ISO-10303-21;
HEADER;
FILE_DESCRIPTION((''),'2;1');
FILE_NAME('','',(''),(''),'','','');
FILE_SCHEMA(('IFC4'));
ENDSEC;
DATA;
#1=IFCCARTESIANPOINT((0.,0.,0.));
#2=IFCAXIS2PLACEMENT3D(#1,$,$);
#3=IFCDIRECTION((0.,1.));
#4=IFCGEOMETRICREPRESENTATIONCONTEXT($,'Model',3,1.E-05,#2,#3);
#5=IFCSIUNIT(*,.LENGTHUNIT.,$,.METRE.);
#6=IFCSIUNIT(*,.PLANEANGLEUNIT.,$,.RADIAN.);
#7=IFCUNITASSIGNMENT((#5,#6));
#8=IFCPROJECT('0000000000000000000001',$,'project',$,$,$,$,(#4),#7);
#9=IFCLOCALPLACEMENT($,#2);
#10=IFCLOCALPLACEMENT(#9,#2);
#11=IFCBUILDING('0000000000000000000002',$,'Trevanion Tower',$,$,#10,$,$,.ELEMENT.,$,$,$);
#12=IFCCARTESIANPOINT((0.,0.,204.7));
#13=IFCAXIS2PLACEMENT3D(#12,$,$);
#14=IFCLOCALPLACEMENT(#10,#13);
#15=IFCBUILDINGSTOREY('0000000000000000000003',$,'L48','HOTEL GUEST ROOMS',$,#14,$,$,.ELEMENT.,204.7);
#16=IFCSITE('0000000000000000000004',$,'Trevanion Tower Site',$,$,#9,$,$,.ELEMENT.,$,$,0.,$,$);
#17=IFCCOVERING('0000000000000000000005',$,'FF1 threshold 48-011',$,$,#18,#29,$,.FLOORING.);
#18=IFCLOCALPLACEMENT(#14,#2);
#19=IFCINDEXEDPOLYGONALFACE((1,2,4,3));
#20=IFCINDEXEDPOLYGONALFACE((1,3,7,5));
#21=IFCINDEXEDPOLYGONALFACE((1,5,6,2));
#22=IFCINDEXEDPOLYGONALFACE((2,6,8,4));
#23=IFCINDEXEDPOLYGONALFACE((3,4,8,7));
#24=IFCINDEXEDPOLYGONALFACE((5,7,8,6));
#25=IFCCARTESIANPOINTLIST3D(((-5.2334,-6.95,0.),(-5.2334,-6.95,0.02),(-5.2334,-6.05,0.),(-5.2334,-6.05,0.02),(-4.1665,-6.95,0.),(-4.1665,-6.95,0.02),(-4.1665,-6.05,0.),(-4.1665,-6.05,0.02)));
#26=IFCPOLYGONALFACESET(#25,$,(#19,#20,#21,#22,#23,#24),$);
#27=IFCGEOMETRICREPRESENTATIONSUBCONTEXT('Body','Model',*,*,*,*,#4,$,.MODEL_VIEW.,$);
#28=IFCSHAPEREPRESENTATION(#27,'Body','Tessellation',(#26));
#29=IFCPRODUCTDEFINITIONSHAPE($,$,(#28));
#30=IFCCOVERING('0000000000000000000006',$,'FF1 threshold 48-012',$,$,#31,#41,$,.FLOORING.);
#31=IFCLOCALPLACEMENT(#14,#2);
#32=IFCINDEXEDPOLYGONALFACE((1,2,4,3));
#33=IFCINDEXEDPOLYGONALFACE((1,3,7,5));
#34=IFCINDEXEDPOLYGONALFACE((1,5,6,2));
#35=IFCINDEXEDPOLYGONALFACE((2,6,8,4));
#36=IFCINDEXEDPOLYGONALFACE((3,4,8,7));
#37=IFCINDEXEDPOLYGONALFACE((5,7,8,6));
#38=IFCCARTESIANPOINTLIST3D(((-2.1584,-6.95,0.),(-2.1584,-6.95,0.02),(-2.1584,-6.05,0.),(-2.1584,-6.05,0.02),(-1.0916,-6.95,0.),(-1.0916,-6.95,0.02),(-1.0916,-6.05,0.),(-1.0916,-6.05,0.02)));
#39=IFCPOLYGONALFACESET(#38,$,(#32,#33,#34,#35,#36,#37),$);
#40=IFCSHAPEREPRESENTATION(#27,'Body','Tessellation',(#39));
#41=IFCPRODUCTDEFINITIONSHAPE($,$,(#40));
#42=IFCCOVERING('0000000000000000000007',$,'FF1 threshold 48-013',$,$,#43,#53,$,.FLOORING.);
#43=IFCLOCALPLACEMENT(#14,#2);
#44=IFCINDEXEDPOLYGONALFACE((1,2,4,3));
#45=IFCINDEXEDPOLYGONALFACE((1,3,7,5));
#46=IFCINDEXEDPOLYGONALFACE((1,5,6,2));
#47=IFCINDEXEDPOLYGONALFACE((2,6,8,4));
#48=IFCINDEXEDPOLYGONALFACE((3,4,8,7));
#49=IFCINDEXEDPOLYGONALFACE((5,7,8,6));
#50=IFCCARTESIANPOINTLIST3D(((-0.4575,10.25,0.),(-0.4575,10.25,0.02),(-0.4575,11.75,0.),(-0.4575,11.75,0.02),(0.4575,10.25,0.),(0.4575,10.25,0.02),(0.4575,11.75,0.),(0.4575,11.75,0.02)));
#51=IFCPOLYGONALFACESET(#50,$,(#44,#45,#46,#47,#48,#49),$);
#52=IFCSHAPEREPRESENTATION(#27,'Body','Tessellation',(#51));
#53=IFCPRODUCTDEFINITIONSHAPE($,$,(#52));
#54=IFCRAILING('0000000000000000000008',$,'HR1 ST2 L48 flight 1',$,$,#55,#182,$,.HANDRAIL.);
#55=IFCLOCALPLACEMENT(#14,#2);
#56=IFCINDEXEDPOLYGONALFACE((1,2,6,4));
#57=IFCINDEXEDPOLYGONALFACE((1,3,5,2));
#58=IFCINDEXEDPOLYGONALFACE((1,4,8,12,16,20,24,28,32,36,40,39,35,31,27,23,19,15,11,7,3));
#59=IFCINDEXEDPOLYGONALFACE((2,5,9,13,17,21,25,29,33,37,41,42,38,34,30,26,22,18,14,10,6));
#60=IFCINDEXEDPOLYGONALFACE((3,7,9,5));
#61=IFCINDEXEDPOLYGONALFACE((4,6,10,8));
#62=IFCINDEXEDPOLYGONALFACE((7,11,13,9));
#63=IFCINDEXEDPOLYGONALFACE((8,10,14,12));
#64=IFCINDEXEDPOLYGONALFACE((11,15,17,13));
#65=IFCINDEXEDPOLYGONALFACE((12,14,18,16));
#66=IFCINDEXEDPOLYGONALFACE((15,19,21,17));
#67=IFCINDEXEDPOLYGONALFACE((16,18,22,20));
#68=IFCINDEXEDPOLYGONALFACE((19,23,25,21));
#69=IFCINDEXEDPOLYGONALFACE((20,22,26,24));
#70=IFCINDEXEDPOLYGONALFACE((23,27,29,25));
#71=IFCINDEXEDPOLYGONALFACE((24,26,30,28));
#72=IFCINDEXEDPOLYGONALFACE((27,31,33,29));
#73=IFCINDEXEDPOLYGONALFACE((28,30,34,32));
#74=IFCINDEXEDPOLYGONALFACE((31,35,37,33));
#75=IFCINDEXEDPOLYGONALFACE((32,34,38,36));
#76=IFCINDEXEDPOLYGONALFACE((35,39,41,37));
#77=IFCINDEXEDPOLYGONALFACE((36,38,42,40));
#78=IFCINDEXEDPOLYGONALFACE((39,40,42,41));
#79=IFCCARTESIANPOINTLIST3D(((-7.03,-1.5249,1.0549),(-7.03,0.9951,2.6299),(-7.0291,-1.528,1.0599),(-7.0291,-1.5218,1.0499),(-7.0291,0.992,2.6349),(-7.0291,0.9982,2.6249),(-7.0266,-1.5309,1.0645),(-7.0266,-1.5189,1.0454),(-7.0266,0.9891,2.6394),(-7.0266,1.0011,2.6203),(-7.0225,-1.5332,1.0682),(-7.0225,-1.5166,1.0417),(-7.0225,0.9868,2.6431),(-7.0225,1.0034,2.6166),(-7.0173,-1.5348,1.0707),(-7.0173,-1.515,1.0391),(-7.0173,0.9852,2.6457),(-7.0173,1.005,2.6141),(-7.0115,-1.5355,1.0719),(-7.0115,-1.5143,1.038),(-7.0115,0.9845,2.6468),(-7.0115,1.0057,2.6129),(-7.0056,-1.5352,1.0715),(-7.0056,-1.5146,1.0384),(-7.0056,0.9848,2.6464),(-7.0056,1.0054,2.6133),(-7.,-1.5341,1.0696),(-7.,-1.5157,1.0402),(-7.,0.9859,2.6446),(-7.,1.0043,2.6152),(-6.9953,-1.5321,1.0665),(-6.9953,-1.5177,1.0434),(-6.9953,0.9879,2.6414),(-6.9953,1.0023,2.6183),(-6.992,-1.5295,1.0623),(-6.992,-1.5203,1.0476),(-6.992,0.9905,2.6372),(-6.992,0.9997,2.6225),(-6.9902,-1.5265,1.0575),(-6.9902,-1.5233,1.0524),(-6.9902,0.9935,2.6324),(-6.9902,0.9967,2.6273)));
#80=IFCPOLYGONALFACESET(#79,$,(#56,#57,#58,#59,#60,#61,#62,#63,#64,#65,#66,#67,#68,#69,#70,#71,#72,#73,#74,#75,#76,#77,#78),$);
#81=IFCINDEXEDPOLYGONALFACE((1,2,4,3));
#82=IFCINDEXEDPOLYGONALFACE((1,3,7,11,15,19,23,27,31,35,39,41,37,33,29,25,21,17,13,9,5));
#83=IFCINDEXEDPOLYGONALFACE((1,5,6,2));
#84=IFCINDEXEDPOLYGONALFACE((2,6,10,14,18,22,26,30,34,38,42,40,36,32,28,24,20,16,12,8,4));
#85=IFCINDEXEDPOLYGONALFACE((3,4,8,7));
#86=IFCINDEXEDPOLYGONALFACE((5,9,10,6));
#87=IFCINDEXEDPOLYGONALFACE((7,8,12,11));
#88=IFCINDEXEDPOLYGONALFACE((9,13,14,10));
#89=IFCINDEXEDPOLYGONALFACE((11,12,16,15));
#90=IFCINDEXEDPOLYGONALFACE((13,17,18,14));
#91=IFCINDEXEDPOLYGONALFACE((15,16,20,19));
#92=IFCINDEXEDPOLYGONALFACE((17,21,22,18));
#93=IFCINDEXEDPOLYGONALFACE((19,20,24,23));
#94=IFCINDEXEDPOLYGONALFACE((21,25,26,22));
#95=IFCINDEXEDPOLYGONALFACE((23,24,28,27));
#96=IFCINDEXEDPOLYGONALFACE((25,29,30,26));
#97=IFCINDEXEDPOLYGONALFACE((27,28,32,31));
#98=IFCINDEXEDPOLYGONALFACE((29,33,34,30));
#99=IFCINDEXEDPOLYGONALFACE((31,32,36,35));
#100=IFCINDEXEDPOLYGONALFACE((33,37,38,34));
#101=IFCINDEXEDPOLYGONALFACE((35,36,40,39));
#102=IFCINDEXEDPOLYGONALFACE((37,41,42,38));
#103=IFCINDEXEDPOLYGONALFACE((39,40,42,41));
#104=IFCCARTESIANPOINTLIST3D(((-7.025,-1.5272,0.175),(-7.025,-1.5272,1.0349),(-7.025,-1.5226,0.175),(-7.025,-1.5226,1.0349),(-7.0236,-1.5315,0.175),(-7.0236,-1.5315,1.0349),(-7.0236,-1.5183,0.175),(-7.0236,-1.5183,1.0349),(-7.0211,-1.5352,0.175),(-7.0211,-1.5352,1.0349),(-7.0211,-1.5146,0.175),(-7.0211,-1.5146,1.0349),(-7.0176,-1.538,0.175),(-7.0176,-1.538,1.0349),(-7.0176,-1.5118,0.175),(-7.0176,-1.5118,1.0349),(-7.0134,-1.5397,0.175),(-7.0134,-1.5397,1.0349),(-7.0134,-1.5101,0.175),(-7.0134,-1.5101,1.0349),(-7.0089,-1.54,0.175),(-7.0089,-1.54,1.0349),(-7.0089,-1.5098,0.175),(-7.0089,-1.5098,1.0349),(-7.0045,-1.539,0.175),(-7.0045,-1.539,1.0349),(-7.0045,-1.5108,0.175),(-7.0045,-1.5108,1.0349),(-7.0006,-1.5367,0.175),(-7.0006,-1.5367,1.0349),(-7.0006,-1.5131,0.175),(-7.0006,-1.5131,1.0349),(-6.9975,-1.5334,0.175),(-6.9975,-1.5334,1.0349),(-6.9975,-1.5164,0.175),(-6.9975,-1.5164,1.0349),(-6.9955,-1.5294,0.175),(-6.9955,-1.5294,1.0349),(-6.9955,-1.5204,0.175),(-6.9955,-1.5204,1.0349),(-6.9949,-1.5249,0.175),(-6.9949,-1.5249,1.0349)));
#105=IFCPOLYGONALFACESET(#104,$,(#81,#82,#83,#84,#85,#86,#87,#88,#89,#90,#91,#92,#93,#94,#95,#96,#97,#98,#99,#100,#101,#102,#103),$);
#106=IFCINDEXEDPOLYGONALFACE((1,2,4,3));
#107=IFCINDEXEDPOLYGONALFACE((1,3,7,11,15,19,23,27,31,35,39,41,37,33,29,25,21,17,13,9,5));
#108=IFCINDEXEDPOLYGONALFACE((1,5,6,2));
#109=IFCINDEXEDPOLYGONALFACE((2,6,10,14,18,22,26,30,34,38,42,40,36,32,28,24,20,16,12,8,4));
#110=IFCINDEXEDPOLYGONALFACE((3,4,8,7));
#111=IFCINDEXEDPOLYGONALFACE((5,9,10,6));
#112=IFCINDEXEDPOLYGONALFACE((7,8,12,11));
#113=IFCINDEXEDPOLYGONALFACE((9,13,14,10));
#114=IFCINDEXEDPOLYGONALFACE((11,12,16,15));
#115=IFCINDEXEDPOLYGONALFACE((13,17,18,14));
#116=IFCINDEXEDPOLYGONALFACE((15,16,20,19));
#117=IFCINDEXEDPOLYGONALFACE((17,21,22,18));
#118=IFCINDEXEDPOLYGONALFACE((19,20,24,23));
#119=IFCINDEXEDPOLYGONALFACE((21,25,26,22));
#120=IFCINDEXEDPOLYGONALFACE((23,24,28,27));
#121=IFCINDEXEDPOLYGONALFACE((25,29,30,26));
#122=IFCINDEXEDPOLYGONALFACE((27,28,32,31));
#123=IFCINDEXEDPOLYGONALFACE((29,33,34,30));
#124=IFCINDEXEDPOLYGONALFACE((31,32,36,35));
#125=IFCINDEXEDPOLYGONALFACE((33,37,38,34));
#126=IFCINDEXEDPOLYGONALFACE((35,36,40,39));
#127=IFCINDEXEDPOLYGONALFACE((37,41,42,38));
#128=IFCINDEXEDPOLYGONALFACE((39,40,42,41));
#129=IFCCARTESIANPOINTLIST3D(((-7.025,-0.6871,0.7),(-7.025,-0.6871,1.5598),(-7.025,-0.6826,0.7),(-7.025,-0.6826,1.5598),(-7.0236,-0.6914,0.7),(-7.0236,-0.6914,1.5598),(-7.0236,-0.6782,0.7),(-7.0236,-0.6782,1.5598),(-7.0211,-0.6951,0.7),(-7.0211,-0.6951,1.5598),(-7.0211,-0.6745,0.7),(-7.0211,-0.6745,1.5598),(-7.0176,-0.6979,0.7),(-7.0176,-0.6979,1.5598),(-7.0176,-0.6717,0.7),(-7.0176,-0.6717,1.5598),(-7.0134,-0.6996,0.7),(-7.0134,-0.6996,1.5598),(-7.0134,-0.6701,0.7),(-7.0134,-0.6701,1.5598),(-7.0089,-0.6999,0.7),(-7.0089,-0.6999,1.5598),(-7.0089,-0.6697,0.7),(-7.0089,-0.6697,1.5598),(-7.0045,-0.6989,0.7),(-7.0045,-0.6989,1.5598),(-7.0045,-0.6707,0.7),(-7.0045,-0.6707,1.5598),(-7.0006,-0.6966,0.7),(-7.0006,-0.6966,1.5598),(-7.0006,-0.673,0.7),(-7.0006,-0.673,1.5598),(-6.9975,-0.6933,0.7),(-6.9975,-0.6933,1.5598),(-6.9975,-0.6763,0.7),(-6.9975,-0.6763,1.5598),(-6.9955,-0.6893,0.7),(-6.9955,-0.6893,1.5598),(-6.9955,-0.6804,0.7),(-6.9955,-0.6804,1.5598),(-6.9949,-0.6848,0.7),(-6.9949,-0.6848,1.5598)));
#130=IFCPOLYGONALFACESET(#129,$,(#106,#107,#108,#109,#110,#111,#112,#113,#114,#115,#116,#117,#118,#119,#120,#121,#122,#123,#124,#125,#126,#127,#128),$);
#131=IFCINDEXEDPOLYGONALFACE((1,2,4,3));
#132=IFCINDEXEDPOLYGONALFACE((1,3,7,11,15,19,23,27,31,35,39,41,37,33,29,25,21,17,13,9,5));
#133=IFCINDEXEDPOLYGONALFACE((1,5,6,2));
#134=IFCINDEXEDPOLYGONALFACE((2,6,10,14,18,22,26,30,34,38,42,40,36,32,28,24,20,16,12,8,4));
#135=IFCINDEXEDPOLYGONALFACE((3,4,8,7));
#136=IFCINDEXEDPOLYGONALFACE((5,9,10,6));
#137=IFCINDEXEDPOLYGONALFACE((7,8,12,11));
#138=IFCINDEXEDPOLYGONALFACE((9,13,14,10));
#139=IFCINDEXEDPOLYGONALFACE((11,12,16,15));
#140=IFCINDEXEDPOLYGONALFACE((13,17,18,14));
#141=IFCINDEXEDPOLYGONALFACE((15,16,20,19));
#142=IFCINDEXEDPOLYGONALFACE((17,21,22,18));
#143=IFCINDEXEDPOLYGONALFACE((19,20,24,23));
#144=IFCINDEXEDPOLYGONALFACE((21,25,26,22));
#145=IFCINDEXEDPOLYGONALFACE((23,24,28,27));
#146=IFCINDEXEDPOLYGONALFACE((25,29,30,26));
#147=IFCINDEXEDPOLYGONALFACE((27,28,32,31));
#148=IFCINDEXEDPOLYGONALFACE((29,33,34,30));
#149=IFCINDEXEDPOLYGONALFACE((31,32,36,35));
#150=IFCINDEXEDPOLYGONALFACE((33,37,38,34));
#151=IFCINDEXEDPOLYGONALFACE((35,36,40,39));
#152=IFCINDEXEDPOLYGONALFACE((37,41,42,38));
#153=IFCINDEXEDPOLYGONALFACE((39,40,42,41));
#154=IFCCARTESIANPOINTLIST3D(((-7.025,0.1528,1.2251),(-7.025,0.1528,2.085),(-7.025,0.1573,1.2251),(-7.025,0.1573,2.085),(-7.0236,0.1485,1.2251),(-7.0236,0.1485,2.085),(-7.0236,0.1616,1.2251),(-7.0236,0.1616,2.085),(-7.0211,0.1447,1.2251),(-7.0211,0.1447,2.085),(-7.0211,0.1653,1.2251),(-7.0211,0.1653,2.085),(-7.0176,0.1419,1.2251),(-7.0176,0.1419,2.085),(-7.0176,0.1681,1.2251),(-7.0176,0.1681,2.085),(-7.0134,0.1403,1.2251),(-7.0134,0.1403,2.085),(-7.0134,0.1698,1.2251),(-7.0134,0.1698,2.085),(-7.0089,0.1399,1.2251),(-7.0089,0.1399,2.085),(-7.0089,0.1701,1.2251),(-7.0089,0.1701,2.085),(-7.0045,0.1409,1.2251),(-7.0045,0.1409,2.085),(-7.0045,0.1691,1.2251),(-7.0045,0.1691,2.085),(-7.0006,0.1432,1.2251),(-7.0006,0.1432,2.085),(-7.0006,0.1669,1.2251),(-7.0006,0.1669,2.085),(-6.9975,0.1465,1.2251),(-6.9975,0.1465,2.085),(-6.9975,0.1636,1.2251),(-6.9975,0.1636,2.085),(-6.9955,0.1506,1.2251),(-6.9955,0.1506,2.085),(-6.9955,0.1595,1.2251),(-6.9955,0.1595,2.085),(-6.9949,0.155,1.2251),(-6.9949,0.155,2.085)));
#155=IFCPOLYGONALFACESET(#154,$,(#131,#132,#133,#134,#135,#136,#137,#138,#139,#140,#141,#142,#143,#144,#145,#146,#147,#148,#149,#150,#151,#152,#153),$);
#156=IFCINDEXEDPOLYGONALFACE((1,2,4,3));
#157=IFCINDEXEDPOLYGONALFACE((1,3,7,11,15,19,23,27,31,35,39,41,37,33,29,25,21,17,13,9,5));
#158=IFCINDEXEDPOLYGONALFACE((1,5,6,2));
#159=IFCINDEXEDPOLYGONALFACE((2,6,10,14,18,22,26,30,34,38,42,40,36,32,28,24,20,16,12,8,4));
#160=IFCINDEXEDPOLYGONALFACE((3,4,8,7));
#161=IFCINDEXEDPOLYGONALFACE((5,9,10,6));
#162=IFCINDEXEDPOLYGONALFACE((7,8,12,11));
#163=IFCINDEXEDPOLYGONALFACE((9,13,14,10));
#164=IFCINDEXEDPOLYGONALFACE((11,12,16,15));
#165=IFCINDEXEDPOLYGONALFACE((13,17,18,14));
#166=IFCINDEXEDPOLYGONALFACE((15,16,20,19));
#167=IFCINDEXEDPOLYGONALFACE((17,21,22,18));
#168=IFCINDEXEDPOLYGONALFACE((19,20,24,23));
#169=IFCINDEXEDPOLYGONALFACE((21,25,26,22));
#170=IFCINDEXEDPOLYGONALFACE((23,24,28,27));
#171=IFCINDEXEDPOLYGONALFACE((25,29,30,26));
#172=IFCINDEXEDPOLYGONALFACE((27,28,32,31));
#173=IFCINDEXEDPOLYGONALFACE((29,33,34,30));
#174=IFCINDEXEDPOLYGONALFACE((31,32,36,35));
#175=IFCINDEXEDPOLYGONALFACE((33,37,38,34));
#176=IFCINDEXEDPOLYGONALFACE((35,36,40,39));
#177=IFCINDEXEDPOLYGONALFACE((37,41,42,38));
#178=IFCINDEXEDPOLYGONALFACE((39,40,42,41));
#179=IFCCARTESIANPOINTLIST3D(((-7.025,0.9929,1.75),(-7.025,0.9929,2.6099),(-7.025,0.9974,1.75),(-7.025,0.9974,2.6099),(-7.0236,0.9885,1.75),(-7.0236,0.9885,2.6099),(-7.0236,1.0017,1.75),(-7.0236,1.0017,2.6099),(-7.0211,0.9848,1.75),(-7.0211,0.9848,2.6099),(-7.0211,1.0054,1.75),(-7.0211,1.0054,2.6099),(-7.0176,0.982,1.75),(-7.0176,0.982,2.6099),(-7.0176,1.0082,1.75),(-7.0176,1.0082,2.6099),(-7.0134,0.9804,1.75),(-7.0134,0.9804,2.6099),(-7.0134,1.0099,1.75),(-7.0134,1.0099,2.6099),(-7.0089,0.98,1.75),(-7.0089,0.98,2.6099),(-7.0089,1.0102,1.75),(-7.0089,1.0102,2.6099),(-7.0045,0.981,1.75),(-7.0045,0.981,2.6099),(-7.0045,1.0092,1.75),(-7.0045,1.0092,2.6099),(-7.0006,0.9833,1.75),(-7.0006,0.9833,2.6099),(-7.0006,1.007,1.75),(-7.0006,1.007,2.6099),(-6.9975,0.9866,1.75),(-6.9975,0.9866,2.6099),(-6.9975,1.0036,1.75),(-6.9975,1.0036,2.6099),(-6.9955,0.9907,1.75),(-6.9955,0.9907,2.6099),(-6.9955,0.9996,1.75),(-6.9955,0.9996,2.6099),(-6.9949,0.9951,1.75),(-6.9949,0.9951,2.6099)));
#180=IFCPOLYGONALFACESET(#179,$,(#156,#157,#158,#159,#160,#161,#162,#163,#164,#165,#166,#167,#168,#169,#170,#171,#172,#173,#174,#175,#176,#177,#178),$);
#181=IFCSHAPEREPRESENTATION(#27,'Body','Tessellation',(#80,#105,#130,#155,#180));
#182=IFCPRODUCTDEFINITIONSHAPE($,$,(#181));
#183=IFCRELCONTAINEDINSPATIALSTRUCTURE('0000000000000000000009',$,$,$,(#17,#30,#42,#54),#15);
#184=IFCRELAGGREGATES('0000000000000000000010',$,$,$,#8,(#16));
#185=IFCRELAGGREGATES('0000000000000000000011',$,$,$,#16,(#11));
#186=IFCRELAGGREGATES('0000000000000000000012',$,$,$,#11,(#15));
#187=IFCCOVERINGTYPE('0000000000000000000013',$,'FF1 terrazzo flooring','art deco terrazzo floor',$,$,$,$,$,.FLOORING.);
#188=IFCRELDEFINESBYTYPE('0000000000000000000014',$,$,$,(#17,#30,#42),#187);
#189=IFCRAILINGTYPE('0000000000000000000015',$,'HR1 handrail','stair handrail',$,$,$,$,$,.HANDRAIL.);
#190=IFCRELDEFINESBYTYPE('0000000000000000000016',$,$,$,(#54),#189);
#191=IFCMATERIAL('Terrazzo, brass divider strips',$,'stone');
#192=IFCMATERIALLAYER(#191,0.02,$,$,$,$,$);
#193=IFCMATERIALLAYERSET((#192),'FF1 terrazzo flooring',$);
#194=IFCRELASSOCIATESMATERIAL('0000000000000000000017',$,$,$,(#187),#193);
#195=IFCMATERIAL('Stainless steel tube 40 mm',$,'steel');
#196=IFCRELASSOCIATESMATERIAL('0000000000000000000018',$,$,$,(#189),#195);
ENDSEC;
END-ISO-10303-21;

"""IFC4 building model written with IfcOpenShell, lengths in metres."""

from ifc_helpers import new_model, si_unit, direction, frame, origin, origin_2d, place, context, subcontext, project, spatial, polyline, circle, outline, extrude, material, layer, layer_set, type_object, element, save


model = new_model("IFC4")

# Units and contexts
model_context = context("Model", 3, precision=1e-05, world=origin(), true_north=direction((0.0, 1.0)))
body_context = subcontext(model_context, "Body", "Model", "MODEL_VIEW")
ifc_project = project(units=[si_unit("LENGTHUNIT", "METRE"), si_unit("PLANEANGLEUNIT", "RADIAN")], contexts=[model_context])

# Site, building, storey
site_placement = place(None, origin())
site = spatial("IfcSite", under=ifc_project, at=site_placement, Name="Trevanion Tower Site", CompositionType="ELEMENT", RefElevation=0.0)
building_placement = place(site_placement, origin())
building = spatial("IfcBuilding", under=site, at=building_placement, Name="Trevanion Tower", CompositionType="ELEMENT")
storey_placement = place(building_placement, frame((0.0, 0.0, 204.7)))
storey = spatial("IfcBuildingStorey", under=building, at=storey_placement, Name="L48", Description="HOTEL GUEST ROOMS", CompositionType="ELEMENT", Elevation=204.7)

# Coverings
ifc_material_1 = material(Name="Terrazzo, brass divider strips", Category="stone")
ifc_layer_1 = layer(ifc_material_1, 0.02)
ifc_layer_set_1 = layer_set([ifc_layer_1], Name="FF1 terrazzo flooring")
covering_type = type_object("IfcCoveringType", Name="FF1 terrazzo flooring", Description="art deco terrazzo floor", PredefinedType="FLOORING", material=ifc_layer_set_1)
covering_1_placement = place(storey_placement, origin())
element("IfcCovering", 1, at=covering_1_placement, inside=storey, type_object=covering_type, Name="FF1 threshold 48-011", PredefinedType="FLOORING", context=body_context, shape_type="SweptSolid", body=[
    extrude(outline(polyline([(-5.2334, -6.95), (-4.1665, -6.95), (-4.1665, -6.05), (-5.2334, -6.05), (-5.2334, -6.95)])), origin(), (0.0, 0.0, 1.0), 0.02),
])
covering_2_placement = place(storey_placement, origin())
element("IfcCovering", 2, at=covering_2_placement, inside=storey, type_object=covering_type, Name="FF1 threshold 48-012", PredefinedType="FLOORING", context=body_context, shape_type="SweptSolid", body=[
    extrude(outline(polyline([(-2.1584, -6.95), (-1.0916, -6.95), (-1.0916, -6.05), (-2.1584, -6.05), (-2.1584, -6.95)])), origin(), (0.0, 0.0, 1.0), 0.02),
])
covering_3_placement = place(storey_placement, origin())
element("IfcCovering", 3, at=covering_3_placement, inside=storey, type_object=covering_type, Name="FF1 threshold 48-013", PredefinedType="FLOORING", context=body_context, shape_type="SweptSolid", body=[
    extrude(outline(polyline([(0.4575, 11.75), (-0.4575, 11.75), (-0.4575, 10.25), (0.4575, 10.25), (0.4575, 11.75)])), origin(), (0.0, 0.0, 1.0), 0.02),
])

# Railing
ifc_material_2 = material(Name="Stainless steel tube 40 mm", Category="steel")
railing_type = type_object("IfcRailingType", Name="HR1 handrail", Description="stair handrail", PredefinedType="HANDRAIL", material=ifc_material_2)
for number, where, name in (
    (4, (-7.01, -1.5249, 0.175), "HR1 ST2 L48 flight 1"),
):
    element("IfcRailing", number, at=place(storey_placement, frame(where)), inside=storey, type_object=railing_type, Name=name, PredefinedType="HANDRAIL", context=body_context, shape_type="SweptSolid", body=[
        extrude(circle(Radius=0.02, at=origin_2d()), frame((0.0, 0.0, 0.8799), z_axis=(0.0, 0.848008, 0.529984), x_axis=(-1.0, 0.0, 0.0)), (0.0, 0.0, 1.0), 2.9717),
        extrude(circle(Radius=0.0151, at=origin_2d()), origin(), (0.0, 0.0, 1.0), 0.8599),
        extrude(circle(Radius=0.0151, at=origin_2d()), frame((0.0, 0.8401, 0.5249)), (0.0, 0.0, 1.0), 0.8599),
        extrude(circle(Radius=0.0151, at=origin_2d()), frame((0.0, 1.6799, 1.05)), (0.0, 0.0, 1.0), 0.8599),
        extrude(circle(Radius=0.0151, at=origin_2d()), frame((0.0, 2.52, 1.575)), (0.0, 0.0, 1.0), 0.8599),
    ])

save(model, "model.ifc")
